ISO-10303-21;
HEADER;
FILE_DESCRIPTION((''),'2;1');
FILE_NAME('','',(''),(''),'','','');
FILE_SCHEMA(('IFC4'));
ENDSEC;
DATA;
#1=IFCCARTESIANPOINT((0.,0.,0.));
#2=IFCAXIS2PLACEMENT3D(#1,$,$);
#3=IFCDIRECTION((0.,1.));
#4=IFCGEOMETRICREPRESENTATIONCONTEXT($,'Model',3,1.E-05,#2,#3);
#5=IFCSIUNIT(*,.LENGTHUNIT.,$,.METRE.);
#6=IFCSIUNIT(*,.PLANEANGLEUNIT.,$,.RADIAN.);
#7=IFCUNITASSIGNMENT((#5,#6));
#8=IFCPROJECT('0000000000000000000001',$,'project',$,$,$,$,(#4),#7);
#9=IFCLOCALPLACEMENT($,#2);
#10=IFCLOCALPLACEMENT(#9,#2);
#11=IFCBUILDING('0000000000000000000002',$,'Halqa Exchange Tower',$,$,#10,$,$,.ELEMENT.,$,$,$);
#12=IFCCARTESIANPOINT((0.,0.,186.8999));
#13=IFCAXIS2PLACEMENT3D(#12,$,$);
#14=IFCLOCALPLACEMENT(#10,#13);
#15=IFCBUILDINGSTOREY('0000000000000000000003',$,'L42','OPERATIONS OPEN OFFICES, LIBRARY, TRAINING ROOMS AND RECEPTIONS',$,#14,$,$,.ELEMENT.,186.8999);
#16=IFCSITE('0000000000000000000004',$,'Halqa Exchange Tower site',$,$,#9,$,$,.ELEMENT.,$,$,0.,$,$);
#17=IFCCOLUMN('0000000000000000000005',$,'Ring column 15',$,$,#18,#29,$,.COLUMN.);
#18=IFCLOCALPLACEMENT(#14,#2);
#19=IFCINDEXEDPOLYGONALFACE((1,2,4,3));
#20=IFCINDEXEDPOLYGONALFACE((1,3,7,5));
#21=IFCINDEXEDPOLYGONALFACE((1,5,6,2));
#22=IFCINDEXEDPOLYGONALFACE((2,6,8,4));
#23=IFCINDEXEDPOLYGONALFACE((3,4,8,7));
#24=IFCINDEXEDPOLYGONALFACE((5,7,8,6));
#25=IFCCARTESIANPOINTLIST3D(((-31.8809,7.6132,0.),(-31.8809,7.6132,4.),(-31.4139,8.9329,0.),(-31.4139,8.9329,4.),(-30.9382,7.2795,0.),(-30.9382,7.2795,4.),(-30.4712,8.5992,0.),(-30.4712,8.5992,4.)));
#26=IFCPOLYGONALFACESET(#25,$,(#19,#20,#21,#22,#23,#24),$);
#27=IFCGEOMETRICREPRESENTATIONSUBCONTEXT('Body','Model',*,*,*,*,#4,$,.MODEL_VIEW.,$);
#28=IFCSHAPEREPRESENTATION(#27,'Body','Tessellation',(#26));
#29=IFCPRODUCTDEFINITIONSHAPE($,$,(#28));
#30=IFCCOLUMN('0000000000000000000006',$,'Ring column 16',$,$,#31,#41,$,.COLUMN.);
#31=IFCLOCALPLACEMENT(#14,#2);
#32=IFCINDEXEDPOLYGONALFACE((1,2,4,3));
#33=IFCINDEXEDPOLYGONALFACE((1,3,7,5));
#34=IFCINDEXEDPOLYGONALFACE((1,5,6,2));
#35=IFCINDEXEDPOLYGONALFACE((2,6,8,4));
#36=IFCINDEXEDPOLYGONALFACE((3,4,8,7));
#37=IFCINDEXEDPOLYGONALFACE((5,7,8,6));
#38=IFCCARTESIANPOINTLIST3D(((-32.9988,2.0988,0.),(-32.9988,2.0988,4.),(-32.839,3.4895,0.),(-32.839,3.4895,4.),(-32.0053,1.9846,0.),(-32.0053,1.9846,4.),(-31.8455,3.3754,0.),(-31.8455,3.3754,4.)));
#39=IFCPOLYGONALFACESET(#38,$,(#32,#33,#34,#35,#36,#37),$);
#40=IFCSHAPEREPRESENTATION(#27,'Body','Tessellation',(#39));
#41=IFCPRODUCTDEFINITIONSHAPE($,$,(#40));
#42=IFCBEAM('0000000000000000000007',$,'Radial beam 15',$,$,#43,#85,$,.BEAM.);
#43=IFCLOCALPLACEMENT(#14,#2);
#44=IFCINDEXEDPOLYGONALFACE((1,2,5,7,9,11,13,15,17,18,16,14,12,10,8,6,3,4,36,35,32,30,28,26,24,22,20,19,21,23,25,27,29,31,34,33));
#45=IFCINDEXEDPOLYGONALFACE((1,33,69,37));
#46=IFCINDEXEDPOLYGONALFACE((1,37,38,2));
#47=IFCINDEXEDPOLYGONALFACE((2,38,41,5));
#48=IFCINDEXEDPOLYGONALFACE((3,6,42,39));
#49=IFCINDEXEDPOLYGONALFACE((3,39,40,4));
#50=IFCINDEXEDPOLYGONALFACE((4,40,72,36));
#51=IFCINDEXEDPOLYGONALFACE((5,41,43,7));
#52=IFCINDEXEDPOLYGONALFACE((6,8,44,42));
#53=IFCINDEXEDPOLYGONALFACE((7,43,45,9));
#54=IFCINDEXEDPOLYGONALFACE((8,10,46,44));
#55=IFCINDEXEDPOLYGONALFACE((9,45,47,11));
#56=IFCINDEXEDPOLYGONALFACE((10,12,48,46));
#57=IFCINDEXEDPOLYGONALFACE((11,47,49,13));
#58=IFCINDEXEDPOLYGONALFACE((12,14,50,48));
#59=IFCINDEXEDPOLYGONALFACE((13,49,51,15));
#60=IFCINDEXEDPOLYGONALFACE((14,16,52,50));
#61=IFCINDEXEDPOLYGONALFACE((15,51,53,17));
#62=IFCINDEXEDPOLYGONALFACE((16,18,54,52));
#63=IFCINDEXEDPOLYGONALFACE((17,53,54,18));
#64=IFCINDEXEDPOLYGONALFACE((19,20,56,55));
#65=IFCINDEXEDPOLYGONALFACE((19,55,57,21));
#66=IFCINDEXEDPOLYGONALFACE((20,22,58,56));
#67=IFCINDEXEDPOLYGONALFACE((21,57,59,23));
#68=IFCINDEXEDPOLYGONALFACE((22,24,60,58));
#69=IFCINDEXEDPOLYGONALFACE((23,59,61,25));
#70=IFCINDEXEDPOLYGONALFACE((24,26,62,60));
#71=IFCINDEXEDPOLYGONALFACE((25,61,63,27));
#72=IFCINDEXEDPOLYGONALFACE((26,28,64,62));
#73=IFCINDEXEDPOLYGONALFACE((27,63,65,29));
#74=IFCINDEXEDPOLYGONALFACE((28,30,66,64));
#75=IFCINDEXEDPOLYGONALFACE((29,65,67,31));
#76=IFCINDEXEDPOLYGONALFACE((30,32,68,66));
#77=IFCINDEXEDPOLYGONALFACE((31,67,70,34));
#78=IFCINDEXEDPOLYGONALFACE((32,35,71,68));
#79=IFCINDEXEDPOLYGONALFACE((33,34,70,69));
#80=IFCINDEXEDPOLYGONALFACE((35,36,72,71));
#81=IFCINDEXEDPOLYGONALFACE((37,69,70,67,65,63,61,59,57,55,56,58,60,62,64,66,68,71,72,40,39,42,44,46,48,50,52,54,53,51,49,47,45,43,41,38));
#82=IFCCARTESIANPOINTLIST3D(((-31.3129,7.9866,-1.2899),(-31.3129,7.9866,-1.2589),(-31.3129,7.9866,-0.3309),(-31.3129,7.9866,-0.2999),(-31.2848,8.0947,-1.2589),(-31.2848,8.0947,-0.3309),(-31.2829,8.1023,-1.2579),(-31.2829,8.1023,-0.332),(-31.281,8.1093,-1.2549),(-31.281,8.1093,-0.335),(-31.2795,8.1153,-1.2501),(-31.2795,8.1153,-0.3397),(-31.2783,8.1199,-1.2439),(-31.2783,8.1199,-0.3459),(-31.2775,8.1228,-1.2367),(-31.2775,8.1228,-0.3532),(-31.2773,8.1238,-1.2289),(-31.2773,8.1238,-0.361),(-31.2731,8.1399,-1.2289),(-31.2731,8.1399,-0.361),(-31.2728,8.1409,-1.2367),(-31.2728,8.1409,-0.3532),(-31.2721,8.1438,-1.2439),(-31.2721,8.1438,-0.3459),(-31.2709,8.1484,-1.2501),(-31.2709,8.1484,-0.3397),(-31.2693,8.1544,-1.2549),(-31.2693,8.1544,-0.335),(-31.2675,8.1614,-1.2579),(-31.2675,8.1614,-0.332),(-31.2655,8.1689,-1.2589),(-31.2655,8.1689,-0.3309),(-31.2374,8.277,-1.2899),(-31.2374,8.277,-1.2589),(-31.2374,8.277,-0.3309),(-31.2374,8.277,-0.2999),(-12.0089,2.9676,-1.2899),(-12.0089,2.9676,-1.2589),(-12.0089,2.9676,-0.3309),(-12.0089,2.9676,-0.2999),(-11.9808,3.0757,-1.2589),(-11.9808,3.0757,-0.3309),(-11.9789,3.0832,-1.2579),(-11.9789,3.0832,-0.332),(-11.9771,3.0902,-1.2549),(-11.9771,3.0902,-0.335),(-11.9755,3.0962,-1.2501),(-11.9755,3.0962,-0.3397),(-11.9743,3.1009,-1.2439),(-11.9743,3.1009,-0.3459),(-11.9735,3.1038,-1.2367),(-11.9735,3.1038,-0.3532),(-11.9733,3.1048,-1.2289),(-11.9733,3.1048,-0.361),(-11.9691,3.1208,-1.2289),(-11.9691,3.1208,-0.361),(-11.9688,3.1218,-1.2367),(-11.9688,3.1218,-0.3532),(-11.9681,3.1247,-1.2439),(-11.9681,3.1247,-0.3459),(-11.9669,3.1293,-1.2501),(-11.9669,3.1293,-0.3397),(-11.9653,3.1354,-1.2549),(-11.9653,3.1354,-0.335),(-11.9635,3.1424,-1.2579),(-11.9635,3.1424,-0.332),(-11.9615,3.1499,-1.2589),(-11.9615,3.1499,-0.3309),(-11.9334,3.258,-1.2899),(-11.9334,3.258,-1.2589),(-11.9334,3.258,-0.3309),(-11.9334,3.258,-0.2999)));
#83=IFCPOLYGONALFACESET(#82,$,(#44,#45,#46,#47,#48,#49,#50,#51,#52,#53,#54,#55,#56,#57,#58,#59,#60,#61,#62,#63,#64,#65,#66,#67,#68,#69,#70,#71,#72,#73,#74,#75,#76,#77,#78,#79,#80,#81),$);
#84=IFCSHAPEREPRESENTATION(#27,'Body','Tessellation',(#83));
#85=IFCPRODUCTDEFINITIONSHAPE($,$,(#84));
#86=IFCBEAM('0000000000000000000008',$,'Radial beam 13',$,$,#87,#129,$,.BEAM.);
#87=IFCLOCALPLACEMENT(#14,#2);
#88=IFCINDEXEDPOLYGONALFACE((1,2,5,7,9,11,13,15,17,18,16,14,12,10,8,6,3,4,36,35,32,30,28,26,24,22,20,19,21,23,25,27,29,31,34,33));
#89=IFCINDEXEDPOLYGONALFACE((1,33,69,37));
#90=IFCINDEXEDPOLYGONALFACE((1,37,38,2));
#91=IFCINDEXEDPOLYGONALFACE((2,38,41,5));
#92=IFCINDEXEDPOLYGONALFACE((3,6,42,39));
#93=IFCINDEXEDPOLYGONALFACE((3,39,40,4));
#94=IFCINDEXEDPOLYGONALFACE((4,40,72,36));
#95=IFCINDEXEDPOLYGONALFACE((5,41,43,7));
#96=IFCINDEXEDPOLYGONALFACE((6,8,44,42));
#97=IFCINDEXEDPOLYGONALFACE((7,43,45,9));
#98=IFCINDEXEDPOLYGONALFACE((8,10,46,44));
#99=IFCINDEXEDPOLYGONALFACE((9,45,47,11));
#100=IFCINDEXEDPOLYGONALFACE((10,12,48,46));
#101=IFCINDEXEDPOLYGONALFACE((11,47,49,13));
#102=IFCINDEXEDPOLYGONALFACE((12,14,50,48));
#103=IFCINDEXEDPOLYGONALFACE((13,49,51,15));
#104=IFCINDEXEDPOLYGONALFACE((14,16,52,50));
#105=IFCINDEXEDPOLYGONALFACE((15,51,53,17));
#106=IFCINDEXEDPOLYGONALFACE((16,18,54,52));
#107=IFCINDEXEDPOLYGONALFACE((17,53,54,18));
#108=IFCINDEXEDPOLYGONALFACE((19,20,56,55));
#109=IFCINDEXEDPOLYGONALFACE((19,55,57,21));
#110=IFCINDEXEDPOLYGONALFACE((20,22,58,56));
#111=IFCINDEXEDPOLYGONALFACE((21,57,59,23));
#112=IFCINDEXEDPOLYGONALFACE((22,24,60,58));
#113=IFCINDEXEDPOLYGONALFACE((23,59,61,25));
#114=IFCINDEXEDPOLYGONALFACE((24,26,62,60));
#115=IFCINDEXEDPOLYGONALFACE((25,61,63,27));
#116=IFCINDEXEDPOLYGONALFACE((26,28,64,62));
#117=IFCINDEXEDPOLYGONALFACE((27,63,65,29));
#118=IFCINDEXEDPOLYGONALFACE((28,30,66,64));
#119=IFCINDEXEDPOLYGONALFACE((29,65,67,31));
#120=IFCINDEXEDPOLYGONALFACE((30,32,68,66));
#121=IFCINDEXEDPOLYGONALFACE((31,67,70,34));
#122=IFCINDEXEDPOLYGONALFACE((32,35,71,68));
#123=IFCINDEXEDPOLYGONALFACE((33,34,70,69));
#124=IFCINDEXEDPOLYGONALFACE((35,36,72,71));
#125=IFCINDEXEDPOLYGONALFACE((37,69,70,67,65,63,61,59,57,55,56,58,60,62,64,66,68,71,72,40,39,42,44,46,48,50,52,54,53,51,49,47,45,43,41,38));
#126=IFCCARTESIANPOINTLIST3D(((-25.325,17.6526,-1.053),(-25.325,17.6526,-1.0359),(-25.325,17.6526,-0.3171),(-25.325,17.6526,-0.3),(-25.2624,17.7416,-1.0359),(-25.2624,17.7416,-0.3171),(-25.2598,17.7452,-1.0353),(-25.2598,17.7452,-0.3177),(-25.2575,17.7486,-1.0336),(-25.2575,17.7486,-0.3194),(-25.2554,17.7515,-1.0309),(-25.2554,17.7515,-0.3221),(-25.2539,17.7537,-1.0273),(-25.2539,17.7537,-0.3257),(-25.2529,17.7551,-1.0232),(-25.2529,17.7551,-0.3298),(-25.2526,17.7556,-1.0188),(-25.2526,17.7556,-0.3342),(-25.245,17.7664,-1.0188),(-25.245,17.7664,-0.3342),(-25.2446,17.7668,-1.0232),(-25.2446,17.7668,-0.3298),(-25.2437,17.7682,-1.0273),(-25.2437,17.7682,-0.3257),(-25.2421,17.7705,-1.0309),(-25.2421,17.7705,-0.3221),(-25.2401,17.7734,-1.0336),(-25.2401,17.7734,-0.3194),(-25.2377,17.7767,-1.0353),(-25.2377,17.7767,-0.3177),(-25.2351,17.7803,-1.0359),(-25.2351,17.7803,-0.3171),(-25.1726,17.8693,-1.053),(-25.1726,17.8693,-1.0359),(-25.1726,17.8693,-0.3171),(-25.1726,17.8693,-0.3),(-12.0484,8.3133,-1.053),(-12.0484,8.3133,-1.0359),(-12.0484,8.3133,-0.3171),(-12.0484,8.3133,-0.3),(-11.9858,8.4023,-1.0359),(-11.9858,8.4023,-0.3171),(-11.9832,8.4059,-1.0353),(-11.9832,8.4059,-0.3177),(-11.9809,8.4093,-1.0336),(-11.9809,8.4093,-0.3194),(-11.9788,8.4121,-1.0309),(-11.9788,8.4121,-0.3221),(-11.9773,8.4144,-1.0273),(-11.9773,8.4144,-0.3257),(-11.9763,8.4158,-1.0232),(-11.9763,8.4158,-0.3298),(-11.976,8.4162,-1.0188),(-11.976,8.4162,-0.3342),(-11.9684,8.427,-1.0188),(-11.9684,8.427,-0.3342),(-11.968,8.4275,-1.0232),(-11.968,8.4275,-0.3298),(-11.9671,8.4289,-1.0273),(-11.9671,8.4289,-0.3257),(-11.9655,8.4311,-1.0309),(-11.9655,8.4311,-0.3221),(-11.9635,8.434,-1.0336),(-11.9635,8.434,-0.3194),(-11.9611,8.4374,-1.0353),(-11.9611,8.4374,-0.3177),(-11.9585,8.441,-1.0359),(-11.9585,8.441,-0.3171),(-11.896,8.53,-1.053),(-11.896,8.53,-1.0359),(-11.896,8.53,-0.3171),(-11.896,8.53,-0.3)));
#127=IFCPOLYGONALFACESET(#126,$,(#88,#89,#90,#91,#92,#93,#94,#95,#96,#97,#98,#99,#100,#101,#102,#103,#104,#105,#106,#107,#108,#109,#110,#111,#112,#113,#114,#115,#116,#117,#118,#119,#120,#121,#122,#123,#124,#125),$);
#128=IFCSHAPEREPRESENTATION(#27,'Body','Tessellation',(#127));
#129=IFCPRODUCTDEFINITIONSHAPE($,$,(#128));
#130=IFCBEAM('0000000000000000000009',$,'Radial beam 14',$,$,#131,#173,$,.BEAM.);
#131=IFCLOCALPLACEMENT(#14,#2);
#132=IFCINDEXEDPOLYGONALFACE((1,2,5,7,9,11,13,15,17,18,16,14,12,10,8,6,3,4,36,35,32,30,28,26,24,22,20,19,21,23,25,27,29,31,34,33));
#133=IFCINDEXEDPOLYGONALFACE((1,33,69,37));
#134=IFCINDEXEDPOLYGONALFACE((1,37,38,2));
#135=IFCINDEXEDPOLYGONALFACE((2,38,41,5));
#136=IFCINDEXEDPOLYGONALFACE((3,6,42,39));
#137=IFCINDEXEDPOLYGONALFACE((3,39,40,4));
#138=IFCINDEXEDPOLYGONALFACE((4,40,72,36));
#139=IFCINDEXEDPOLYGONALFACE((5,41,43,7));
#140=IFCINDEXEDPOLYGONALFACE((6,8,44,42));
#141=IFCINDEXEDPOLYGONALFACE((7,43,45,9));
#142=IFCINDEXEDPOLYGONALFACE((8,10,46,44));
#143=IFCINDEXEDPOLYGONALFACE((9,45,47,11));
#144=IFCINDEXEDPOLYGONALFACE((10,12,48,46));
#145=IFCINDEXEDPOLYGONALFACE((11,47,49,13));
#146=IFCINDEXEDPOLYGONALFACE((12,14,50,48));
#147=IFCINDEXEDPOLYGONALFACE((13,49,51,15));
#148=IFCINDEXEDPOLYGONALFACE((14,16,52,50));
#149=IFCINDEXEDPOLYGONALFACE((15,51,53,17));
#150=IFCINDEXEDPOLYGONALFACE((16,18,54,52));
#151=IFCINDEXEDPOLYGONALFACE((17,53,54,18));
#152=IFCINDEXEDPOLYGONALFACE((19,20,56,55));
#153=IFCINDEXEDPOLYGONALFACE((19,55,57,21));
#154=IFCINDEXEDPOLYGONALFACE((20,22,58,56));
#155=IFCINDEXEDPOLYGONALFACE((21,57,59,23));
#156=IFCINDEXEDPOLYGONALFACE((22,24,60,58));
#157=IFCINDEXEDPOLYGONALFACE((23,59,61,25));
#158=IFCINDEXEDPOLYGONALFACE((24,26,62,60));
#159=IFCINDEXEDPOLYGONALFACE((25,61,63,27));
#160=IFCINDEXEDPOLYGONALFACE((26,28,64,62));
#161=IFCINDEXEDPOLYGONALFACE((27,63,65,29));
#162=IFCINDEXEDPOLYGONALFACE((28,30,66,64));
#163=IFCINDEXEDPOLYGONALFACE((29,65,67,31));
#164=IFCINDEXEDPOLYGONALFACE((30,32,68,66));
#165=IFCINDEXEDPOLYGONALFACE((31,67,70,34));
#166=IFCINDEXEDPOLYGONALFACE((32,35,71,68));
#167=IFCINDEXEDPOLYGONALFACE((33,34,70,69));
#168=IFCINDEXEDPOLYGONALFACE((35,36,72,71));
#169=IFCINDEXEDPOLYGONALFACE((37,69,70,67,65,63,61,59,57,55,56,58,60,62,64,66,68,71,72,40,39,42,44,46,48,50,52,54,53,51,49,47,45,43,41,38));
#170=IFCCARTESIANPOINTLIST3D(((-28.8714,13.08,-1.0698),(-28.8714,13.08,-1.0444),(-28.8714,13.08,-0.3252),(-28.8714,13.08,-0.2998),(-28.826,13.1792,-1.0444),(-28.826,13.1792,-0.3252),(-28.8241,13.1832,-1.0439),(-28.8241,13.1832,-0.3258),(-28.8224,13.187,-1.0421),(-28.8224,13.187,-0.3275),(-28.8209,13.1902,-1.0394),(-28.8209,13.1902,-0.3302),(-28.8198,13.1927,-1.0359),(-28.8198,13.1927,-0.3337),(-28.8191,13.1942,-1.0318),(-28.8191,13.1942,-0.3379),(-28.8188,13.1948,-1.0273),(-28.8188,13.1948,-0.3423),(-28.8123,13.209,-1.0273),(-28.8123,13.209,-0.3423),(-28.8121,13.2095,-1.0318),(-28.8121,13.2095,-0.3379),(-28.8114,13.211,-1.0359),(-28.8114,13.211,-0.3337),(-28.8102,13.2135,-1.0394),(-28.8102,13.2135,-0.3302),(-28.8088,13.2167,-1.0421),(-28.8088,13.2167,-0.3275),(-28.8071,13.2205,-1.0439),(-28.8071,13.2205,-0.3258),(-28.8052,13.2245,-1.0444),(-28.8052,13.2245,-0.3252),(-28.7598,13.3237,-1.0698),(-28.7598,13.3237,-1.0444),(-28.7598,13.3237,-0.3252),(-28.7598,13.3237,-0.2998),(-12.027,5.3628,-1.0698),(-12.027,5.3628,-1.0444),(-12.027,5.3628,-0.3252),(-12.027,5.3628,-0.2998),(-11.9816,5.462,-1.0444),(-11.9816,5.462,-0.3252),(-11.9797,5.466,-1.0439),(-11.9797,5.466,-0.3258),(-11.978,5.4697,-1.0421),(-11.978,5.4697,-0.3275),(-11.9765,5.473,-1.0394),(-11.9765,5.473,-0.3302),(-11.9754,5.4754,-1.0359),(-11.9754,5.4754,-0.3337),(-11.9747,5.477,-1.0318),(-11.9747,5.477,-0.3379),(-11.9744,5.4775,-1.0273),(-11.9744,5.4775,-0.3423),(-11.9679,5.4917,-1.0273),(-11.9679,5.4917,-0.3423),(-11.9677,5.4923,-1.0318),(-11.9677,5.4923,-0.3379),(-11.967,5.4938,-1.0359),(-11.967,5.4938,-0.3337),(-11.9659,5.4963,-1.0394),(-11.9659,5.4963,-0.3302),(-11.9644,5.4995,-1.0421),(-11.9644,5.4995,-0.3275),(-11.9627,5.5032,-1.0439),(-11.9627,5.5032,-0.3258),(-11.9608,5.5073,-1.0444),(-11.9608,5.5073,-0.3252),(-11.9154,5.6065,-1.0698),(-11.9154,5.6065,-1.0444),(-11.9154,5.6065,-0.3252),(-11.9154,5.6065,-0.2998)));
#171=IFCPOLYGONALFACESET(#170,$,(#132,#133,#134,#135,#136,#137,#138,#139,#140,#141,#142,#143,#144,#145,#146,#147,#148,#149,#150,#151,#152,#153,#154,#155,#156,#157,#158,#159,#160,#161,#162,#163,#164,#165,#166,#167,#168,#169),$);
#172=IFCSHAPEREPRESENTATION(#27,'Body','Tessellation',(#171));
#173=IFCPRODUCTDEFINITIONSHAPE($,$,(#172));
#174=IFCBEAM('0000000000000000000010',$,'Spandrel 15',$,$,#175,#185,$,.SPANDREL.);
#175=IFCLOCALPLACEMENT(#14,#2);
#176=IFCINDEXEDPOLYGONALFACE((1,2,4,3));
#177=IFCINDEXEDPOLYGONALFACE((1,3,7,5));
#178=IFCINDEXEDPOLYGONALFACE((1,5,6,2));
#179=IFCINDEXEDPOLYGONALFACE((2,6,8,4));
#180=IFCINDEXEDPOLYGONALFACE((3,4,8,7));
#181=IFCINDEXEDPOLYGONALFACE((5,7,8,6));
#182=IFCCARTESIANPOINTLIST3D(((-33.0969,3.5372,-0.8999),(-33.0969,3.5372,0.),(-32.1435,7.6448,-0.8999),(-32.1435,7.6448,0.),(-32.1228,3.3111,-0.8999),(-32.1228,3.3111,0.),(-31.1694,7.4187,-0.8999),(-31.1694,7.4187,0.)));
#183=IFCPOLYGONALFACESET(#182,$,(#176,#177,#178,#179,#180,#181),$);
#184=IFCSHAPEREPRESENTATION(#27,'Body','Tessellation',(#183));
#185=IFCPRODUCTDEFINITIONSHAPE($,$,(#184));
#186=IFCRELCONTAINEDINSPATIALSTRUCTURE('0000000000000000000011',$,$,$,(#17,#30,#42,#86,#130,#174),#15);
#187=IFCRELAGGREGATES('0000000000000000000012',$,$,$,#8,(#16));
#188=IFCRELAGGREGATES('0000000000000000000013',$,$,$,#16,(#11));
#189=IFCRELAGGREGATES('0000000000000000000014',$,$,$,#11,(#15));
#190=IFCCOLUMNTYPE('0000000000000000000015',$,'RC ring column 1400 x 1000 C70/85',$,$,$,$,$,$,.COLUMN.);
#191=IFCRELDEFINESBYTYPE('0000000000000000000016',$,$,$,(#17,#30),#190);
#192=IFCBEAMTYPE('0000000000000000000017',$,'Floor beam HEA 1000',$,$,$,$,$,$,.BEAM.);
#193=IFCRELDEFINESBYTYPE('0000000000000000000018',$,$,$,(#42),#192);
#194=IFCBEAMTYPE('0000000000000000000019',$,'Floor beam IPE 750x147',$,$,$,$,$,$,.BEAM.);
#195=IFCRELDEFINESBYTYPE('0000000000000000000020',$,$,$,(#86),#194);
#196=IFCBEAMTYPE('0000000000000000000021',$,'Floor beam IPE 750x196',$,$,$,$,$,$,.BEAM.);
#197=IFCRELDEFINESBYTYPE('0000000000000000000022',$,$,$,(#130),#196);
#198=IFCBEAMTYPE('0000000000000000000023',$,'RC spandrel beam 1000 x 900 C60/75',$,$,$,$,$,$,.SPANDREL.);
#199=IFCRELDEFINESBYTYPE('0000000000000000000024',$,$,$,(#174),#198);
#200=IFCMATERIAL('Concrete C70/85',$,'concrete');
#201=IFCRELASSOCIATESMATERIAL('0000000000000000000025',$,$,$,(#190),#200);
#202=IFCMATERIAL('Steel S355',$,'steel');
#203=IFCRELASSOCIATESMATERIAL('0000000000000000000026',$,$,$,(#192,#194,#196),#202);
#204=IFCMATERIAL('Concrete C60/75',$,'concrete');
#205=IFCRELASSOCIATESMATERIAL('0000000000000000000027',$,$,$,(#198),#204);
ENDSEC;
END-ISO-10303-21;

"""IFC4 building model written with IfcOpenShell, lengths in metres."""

from ifc_helpers import new_model, si_unit, direction, frame, origin, origin_2d, place, context, subcontext, project, spatial, rectangle, i_section, extrude, material, material_profile, profile_set, type_object, element, save


model = new_model("IFC4")

# Units and contexts
model_context = context("Model", 3, precision=1e-05, world=origin(), true_north=direction((0.0, 1.0)))
body_context = subcontext(model_context, "Body", "Model", "MODEL_VIEW")
ifc_project = project(units=[si_unit("LENGTHUNIT", "METRE"), si_unit("PLANEANGLEUNIT", "RADIAN")], contexts=[model_context])

# Site, building, storey
site_placement = place(None, origin())
site = spatial("IfcSite", under=ifc_project, at=site_placement, Name="Halqa Exchange Tower site", CompositionType="ELEMENT", RefElevation=0.0)
building_placement = place(site_placement, origin())
building = spatial("IfcBuilding", under=site, at=building_placement, Name="Halqa Exchange Tower", CompositionType="ELEMENT")
storey_placement = place(building_placement, frame((0.0, 0.0, 186.8999)))
storey = spatial("IfcBuildingStorey", under=building, at=storey_placement, Name="L42", Description="OPERATIONS OPEN OFFICES, LIBRARY, TRAINING ROOMS AND RECEPTIONS", CompositionType="ELEMENT", Elevation=186.8999)

# Columns
ifc_material_1 = material(Name="Concrete C70/85", Category="concrete")
ifc_material_profile_1 = material_profile(ifc_material_1, rectangle(XDim=1.3999, YDim=1.0, at=origin_2d()), Name="1400 x 1000")
ifc_profile_set_1 = profile_set([ifc_material_profile_1], Name="Concrete C70/85")
column_type = type_object("IfcColumnType", Name="RC ring column 1400 x 1000 C70/85", PredefinedType="COLUMN", material=ifc_profile_set_1)
for number, where, z_axis, x_axis, name in (
    (1, (-31.176, 8.1062, 0.0), (0.0, 0.0, 1.0), (-0.333626, -0.942706, 0.0), "Ring column 15"),
    (2, (-32.4221, 2.7371, 0.0), (0.0, 0.0, 1.0), (-0.11415, -0.993464, 0.0), "Ring column 16"),
):
    element("IfcColumn", number, at=place(storey_placement, frame(where, z_axis=z_axis, x_axis=x_axis)), inside=storey, type_object=column_type, Name=name, PredefinedType="COLUMN", context=body_context, shape_type="SweptSolid", body=[
        extrude(rectangle(XDim=1.3999, YDim=1.0, at=origin_2d()), origin(), (0.0, 0.0, 1.0), 4.0),
    ])

# Beams
ifc_material_2 = material(Name="Steel S355", Category="steel")
ifc_material_profile_2 = material_profile(ifc_material_2, i_section(OverallWidth=0.3, OverallDepth=0.99, WebThickness=0.0166, FlangeThickness=0.031, FilletRadius=0.03, at=origin_2d()), Name="HEA 1000")
ifc_profile_set_2 = profile_set([ifc_material_profile_2], Name="Steel S355")
beam_type_1 = type_object("IfcBeamType", Name="Floor beam HEA 1000", PredefinedType="BEAM", material=ifc_profile_set_2)
beam_1_placement = place(storey_placement, frame((-11.9712, 3.1128, -0.7949), z_axis=(-0.967822, 0.251635, 0.0), x_axis=(-0.251635, -0.967822, 0.0)))
element("IfcBeam", 3, at=beam_1_placement, inside=storey, type_object=beam_type_1, Name="Radial beam 15", PredefinedType="BEAM", context=body_context, shape_type="SweptSolid", body=[
    extrude(i_section(OverallWidth=0.3, OverallDepth=0.99, WebThickness=0.0166, FlangeThickness=0.031, FilletRadius=0.03, at=origin_2d()), origin(), (0.0, 0.0, 1.0), 19.9458),
])
ifc_material_profile_3 = material_profile(ifc_material_2, i_section(OverallWidth=0.2649, OverallDepth=0.7529, WebThickness=0.0132, FlangeThickness=0.0171, FilletRadius=0.0171, at=origin_2d()), Name="IPE 750x147")
ifc_profile_set_3 = profile_set([ifc_material_profile_3], Name="Steel S355")
beam_type_2 = type_object("IfcBeamType", Name="Floor beam IPE 750x147", PredefinedType="BEAM", material=ifc_profile_set_3)
beam_2_placement = place(storey_placement, frame((-11.9722, 8.4216, -0.6765), z_axis=(-0.817906, 0.575351, 0.0), x_axis=(-0.575351, -0.817906, 0.0)))
element("IfcBeam", 4, at=beam_2_placement, inside=storey, type_object=beam_type_2, Name="Radial beam 13", PredefinedType="BEAM", context=body_context, shape_type="SweptSolid", body=[
    extrude(i_section(OverallWidth=0.2649, OverallDepth=0.7529, WebThickness=0.0132, FlangeThickness=0.0171, FilletRadius=0.0171, at=origin_2d()), origin(), (0.0, 0.0, 1.0), 16.2324),
])
ifc_material_profile_4 = material_profile(ifc_material_2, i_section(OverallWidth=0.2681, OverallDepth=0.77, WebThickness=0.0156, FlangeThickness=0.0254, FilletRadius=0.0171, at=origin_2d()), Name="IPE 750x196")
ifc_profile_set_4 = profile_set([ifc_material_profile_4], Name="Steel S355")
beam_type_3 = type_object("IfcBeamType", Name="Floor beam IPE 750x196", PredefinedType="BEAM", material=ifc_profile_set_4)
beam_3_placement = place(storey_placement, frame((-11.9712, 5.4846, -0.6848), z_axis=(-0.909128, 0.416516, 0.0), x_axis=(-0.416516, -0.909128, 0.0)))
element("IfcBeam", 5, at=beam_3_placement, inside=storey, type_object=beam_type_3, Name="Radial beam 14", PredefinedType="BEAM", context=body_context, shape_type="SweptSolid", body=[
    extrude(i_section(OverallWidth=0.2681, OverallDepth=0.77, WebThickness=0.0156, FlangeThickness=0.0254, FilletRadius=0.0171, at=origin_2d()), origin(), (0.0, 0.0, 1.0), 18.5281),
])
ifc_material_3 = material(Name="Concrete C60/75", Category="concrete")
ifc_material_profile_5 = material_profile(ifc_material_3, rectangle(XDim=1.0, YDim=0.8999, at=origin_2d()), Name="1000 x 900")
ifc_profile_set_5 = profile_set([ifc_material_profile_5], Name="Concrete C60/75")
beam_type_4 = type_object("IfcBeamType", Name="RC spandrel beam 1000 x 900 C60/75", PredefinedType="SPANDREL", material=ifc_profile_set_5)
beam_4_placement = place(storey_placement, frame((-31.6565, 7.5317, -0.45), z_axis=(-0.226086, -0.974107, 0.0), x_axis=(0.974107, -0.226086, 0.0)))
element("IfcBeam", 6, at=beam_4_placement, inside=storey, type_object=beam_type_4, Name="Spandrel 15", PredefinedType="SPANDREL", context=body_context, shape_type="SweptSolid", body=[
    extrude(rectangle(XDim=1.0, YDim=0.8999, at=origin_2d()), origin(), (0.0, 0.0, 1.0), 4.2168),
])

save(model, "model.ifc")
